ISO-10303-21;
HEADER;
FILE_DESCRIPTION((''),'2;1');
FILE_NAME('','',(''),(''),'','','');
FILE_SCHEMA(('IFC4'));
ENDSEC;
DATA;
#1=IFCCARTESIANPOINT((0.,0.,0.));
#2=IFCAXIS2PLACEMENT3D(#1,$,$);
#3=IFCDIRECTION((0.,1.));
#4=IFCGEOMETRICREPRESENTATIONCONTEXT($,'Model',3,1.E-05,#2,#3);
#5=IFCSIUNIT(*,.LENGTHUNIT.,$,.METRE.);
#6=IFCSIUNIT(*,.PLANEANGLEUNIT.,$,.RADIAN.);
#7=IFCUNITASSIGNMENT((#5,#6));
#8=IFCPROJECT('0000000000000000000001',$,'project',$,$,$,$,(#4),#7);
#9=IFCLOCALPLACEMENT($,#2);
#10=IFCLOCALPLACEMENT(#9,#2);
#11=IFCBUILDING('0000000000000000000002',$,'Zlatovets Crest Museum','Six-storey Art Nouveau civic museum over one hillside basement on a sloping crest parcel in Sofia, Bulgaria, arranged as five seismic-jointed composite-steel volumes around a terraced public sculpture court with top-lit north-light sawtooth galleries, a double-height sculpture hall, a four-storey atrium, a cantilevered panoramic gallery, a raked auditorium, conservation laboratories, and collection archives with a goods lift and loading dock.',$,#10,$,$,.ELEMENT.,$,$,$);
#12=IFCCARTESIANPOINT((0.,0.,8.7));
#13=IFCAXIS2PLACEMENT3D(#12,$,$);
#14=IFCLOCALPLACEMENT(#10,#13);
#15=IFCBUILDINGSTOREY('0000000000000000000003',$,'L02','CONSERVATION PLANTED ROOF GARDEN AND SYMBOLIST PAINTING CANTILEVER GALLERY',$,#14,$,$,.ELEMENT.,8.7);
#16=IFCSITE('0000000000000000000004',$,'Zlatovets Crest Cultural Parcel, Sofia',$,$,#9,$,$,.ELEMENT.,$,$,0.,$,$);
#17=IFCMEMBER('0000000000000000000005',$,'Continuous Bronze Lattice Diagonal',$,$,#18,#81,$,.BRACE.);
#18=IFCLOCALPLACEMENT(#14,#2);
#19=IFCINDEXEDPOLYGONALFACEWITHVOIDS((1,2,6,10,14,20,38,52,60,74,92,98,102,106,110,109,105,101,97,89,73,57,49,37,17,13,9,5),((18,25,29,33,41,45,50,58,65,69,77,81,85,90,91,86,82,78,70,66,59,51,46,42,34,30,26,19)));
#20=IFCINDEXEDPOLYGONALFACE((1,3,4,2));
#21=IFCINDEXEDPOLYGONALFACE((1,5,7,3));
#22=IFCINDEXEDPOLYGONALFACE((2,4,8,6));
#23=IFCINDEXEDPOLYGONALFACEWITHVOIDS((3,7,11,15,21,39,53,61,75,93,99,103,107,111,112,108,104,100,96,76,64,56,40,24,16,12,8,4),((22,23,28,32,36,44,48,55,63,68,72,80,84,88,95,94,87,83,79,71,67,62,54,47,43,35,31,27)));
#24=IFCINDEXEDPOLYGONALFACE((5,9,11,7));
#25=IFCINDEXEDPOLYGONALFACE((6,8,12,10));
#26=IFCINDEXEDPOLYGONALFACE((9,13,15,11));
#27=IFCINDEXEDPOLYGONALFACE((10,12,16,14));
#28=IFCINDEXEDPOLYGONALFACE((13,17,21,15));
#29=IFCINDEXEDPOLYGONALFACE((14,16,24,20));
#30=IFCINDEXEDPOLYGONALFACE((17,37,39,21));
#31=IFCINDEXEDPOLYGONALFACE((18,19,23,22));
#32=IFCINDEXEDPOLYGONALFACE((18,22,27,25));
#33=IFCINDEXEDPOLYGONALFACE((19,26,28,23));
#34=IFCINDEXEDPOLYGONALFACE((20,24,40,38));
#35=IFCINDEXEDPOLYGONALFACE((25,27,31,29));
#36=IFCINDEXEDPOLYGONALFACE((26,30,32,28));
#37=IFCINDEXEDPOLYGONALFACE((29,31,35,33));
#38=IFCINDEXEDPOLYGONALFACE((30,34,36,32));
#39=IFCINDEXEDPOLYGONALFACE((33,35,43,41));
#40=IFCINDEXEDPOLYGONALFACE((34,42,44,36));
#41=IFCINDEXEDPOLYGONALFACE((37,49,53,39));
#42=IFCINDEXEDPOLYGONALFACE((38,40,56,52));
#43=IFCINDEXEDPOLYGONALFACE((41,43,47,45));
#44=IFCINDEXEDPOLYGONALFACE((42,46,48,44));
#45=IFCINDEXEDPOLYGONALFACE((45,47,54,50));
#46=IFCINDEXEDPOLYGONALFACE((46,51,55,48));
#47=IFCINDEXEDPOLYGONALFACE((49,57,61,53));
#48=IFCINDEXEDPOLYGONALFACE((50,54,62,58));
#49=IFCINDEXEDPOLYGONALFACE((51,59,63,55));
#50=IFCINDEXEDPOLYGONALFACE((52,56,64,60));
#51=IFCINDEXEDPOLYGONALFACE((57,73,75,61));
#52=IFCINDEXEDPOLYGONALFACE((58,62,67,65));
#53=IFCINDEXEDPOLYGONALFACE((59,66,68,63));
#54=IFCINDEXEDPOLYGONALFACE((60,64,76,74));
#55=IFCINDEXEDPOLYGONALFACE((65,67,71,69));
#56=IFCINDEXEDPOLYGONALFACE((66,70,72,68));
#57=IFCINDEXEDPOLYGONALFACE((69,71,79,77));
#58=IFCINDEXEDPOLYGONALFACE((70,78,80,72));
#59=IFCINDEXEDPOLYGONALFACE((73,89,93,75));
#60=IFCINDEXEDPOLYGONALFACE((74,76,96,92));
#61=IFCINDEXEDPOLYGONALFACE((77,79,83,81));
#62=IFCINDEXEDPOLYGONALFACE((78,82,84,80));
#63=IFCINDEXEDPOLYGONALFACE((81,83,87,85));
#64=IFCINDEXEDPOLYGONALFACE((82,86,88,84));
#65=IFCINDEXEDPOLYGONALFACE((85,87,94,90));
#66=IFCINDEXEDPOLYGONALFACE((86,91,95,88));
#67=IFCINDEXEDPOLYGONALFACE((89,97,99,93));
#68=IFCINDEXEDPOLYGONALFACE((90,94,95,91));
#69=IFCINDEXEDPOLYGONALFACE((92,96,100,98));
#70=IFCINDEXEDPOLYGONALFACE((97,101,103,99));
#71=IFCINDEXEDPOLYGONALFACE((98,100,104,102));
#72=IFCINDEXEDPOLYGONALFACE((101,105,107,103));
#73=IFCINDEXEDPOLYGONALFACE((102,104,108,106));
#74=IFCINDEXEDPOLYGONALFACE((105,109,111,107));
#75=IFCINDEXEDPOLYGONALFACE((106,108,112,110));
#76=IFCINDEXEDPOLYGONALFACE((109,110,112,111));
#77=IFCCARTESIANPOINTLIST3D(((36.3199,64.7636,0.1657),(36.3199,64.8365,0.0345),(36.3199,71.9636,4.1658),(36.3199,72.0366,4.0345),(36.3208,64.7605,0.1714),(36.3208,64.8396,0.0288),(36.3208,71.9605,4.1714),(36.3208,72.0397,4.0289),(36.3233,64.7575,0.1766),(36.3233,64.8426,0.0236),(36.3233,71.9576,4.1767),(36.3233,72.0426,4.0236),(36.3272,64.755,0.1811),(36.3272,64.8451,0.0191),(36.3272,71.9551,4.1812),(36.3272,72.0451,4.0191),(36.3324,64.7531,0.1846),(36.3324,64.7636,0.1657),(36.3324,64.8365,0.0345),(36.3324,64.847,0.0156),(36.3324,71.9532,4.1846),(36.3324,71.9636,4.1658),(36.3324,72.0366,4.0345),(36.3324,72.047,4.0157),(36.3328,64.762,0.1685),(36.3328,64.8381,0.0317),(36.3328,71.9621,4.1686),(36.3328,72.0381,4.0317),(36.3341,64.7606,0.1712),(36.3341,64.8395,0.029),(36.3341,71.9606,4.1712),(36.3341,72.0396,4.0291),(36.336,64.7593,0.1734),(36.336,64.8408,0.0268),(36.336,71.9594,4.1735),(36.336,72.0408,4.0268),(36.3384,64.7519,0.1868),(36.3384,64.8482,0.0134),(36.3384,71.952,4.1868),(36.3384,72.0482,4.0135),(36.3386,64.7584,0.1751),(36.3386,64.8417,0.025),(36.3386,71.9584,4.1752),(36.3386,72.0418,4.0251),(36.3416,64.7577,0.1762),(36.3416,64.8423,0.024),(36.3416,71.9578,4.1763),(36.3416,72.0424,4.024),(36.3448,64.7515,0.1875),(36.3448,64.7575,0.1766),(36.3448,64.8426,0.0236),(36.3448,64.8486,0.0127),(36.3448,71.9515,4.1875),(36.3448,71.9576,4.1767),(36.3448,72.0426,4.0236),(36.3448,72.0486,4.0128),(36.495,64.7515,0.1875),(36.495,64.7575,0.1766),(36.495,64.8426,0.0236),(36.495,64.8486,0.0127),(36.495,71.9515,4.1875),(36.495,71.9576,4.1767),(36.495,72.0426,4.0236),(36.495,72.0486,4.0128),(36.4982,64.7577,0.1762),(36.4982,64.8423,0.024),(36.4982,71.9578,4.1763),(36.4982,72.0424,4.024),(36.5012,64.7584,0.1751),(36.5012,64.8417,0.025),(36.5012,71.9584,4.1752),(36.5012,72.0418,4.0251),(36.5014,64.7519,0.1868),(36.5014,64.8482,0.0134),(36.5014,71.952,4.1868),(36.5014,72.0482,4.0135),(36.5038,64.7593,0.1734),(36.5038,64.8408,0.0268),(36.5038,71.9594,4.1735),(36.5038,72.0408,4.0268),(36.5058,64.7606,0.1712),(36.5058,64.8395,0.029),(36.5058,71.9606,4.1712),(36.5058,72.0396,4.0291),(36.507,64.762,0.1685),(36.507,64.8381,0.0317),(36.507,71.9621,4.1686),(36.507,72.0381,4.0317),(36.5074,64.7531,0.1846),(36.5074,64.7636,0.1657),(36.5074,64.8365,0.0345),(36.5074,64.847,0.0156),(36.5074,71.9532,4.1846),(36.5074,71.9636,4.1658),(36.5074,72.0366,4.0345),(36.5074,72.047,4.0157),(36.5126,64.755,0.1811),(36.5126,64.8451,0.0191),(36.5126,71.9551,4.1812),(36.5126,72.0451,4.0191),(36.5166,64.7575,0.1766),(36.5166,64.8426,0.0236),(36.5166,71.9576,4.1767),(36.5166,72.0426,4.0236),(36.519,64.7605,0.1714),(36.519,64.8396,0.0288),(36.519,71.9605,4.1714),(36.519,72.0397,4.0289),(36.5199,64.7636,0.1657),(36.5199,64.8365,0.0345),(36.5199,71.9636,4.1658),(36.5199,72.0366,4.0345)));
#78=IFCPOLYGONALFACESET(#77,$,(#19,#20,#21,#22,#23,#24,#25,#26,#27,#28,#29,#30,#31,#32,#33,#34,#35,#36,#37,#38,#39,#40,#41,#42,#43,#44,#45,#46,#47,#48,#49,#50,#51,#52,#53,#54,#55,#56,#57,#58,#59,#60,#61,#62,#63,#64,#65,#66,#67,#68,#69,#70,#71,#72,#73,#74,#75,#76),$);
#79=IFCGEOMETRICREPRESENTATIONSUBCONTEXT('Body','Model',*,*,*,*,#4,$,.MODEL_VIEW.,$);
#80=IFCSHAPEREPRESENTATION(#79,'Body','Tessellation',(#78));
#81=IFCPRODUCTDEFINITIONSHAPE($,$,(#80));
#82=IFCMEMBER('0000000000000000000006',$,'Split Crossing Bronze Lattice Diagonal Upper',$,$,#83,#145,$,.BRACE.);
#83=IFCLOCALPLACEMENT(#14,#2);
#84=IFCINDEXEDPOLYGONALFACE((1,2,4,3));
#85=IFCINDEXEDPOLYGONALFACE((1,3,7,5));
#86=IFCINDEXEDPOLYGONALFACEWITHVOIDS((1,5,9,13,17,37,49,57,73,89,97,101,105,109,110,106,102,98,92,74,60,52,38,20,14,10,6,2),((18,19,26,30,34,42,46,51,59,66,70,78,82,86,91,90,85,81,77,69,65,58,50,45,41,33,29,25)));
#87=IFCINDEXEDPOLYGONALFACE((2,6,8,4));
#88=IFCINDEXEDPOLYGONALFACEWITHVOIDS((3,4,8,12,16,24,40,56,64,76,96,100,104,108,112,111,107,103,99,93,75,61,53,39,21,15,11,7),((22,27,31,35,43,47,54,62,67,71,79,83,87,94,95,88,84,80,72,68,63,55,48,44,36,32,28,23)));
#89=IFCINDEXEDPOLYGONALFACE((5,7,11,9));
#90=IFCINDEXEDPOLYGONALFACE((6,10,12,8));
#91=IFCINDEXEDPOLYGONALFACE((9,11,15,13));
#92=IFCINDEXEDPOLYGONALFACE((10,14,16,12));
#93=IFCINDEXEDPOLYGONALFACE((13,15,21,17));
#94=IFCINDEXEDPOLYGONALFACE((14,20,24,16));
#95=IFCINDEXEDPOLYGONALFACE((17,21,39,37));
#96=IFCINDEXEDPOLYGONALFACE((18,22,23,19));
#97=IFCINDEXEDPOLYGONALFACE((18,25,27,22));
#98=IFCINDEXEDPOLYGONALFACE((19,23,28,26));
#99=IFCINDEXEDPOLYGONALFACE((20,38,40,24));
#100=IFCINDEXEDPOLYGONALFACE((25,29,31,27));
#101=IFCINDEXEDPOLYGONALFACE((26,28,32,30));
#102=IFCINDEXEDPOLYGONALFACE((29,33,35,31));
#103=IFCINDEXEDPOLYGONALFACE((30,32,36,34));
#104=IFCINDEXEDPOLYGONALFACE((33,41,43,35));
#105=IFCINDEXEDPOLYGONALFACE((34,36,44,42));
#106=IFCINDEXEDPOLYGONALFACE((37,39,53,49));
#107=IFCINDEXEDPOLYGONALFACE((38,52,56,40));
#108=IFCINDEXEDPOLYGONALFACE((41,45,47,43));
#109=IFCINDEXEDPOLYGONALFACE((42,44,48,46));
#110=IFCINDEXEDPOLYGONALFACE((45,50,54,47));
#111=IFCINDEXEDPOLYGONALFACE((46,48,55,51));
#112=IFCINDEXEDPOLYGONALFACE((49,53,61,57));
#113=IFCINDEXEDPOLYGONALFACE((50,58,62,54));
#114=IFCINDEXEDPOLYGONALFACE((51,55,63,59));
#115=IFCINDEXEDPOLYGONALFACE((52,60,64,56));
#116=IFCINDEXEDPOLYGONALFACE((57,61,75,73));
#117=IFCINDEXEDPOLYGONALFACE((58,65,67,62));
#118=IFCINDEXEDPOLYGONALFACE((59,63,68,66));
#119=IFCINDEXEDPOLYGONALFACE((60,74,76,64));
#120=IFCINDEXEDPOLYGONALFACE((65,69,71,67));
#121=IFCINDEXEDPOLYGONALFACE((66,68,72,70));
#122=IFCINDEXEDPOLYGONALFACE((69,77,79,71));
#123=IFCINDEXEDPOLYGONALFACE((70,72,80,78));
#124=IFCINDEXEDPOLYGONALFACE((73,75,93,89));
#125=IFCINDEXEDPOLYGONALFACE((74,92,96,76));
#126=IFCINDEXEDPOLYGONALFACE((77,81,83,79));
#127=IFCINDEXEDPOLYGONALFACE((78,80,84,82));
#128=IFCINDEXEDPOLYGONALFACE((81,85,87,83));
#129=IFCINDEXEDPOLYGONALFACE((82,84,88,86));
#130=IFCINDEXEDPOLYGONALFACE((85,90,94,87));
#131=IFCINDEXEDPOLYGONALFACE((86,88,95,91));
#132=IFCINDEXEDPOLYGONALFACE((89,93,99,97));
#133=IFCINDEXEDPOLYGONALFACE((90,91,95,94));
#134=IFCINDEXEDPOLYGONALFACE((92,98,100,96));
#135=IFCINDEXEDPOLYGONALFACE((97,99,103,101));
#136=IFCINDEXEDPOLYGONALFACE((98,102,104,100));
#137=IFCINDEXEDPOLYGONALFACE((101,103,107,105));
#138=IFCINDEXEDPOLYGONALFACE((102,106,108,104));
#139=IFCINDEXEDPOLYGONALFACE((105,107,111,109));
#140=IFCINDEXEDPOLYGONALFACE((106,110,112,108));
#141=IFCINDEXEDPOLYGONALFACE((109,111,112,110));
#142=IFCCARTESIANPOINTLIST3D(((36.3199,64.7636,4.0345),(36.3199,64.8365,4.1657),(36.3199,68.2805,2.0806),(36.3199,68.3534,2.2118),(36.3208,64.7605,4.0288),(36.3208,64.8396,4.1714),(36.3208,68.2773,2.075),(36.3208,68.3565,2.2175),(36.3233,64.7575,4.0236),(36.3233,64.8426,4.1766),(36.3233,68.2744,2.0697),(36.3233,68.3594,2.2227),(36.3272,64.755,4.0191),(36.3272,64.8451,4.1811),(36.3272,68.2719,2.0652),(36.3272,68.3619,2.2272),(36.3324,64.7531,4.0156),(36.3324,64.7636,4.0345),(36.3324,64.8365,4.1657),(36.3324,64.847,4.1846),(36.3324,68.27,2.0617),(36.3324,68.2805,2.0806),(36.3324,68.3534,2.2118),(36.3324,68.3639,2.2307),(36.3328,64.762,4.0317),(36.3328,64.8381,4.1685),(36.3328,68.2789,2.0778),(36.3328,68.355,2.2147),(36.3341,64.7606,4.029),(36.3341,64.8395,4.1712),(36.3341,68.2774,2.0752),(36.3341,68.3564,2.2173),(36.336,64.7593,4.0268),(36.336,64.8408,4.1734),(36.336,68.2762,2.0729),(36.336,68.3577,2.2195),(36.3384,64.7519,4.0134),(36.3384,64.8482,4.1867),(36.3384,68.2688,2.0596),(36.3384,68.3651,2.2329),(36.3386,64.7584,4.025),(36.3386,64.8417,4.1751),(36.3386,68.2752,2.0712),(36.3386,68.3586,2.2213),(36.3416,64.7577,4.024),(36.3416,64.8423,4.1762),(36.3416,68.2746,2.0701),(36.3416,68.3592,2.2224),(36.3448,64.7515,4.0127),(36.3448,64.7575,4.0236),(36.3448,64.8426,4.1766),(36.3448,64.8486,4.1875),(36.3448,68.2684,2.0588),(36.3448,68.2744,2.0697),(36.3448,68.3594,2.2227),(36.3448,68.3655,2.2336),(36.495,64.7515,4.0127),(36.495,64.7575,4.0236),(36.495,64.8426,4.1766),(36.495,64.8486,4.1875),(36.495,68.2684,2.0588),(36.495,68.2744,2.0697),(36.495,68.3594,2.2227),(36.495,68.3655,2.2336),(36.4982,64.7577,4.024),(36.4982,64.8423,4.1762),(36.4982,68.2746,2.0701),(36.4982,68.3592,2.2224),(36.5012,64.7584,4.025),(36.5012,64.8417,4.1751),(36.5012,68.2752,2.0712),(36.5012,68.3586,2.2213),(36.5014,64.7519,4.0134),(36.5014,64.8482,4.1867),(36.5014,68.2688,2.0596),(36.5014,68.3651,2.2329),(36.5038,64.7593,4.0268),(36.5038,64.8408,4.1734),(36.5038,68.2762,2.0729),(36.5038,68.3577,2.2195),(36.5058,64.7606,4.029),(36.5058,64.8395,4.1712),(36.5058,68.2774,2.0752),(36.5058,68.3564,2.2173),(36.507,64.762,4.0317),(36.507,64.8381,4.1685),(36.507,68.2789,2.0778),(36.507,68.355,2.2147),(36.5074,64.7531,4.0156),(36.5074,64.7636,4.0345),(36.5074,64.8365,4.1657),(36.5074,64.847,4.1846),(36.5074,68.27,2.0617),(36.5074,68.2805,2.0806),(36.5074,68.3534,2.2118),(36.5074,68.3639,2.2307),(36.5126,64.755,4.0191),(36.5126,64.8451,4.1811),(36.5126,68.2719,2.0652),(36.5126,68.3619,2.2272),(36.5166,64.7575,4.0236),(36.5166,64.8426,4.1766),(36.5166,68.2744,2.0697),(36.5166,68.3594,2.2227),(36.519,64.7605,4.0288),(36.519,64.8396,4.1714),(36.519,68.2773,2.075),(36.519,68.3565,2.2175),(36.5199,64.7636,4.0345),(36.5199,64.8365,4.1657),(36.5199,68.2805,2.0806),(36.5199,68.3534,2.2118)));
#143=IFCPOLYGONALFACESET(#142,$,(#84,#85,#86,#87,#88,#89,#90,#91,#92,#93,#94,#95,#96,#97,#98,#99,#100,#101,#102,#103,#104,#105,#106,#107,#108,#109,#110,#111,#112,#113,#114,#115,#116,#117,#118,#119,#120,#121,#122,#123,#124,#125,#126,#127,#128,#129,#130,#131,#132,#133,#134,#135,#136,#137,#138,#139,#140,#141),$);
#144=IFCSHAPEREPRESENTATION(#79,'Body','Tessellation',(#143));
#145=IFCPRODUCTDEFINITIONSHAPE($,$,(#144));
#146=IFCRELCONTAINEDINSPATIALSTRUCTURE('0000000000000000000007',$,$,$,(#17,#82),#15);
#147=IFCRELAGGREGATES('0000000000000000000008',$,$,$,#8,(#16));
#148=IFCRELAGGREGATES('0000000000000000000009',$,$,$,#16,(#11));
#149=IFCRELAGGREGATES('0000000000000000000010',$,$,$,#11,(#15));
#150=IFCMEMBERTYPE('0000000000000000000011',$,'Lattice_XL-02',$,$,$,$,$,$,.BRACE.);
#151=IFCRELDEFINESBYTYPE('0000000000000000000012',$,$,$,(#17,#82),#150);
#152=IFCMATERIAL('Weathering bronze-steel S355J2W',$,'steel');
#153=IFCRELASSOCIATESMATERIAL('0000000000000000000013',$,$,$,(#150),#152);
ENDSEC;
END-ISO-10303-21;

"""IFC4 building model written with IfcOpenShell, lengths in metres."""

from ifc_helpers import new_model, si_unit, direction, frame, origin, origin_2d, place, context, subcontext, project, spatial, hollow_rectangle, extrude, material, material_profile, profile_set, type_object, element, save


model = new_model("IFC4")

# Units and contexts
model_context = context("Model", 3, precision=1e-05, world=origin(), true_north=direction((0.0, 1.0)))
body_context = subcontext(model_context, "Body", "Model", "MODEL_VIEW")
ifc_project = project(units=[si_unit("LENGTHUNIT", "METRE"), si_unit("PLANEANGLEUNIT", "RADIAN")], contexts=[model_context])

# Site, building, storey
site_placement = place(None, origin())
site = spatial("IfcSite", under=ifc_project, at=site_placement, Name="Zlatovets Crest Cultural Parcel, Sofia", CompositionType="ELEMENT", RefElevation=0.0)
building_placement = place(site_placement, origin())
building = spatial("IfcBuilding", under=site, at=building_placement, Name="Zlatovets Crest Museum", Description="Six-storey Art Nouveau civic museum over one hillside basement on a sloping crest parcel in Sofia, Bulgaria, arranged as five seismic-jointed composite-steel volumes around a terraced public sculpture court with top-lit north-light sawtooth galleries, a double-height sculpture hall, a four-storey atrium, a cantilevered panoramic gallery, a raked auditorium, conservation laboratories, and collection archives with a goods lift and loading dock.", CompositionType="ELEMENT")
storey_placement = place(building_placement, frame((0.0, 0.0, 8.7)))
storey = spatial("IfcBuildingStorey", under=building, at=storey_placement, Name="L02", Description="CONSERVATION PLANTED ROOF GARDEN AND SYMBOLIST PAINTING CANTILEVER GALLERY", CompositionType="ELEMENT", Elevation=8.7)

# Members
ifc_material_1 = material(Name="Weathering bronze-steel S355J2W", Category="steel")
ifc_material_profile_1 = material_profile(ifc_material_1, hollow_rectangle(XDim=0.2, YDim=0.2, WallThickness=0.0125, InnerFilletRadius=0.0125, OuterFilletRadius=0.0249, at=origin_2d()), Name="SHS 200x200x12.5")
ifc_profile_set_1 = profile_set([ifc_material_profile_1], Name="Weathering bronze-steel S355J2W")
member_type_1 = type_object("IfcMemberType", Name="Lattice_XL-02", PredefinedType="BRACE", material=ifc_profile_set_1)
member_1_placement = place(storey_placement, frame((36.4199, 64.8, 0.1001), z_axis=(0.0, 0.874156, 0.485645), x_axis=(-1.0, 0.0, 0.0)))
element("IfcMember", 1, at=member_1_placement, inside=storey, type_object=member_type_1, Name="Continuous Bronze Lattice Diagonal", PredefinedType="BRACE", context=body_context, shape_type="SweptSolid", body=[
    extrude(hollow_rectangle(XDim=0.2, YDim=0.2, WallThickness=0.0125, InnerFilletRadius=0.0125, OuterFilletRadius=0.0249, at=origin_2d()), origin(), (0.0, 0.0, 1.0), 8.2366),
])
member_2_placement = place(storey_placement, frame((36.4199, 64.8, 4.1001), z_axis=(0.0, 0.874152, -0.485653), x_axis=(-1.0, 0.0, 0.0)))
element("IfcMember", 2, at=member_2_placement, inside=storey, type_object=member_type_1, Name="Split Crossing Bronze Lattice Diagonal Upper", PredefinedType="BRACE", context=body_context, shape_type="SweptSolid", body=[
    extrude(hollow_rectangle(XDim=0.2, YDim=0.2, WallThickness=0.0125, InnerFilletRadius=0.0125, OuterFilletRadius=0.0249, at=origin_2d()), origin(), (0.0, 0.0, 1.0), 4.0232),
])

save(model, "model.ifc")
